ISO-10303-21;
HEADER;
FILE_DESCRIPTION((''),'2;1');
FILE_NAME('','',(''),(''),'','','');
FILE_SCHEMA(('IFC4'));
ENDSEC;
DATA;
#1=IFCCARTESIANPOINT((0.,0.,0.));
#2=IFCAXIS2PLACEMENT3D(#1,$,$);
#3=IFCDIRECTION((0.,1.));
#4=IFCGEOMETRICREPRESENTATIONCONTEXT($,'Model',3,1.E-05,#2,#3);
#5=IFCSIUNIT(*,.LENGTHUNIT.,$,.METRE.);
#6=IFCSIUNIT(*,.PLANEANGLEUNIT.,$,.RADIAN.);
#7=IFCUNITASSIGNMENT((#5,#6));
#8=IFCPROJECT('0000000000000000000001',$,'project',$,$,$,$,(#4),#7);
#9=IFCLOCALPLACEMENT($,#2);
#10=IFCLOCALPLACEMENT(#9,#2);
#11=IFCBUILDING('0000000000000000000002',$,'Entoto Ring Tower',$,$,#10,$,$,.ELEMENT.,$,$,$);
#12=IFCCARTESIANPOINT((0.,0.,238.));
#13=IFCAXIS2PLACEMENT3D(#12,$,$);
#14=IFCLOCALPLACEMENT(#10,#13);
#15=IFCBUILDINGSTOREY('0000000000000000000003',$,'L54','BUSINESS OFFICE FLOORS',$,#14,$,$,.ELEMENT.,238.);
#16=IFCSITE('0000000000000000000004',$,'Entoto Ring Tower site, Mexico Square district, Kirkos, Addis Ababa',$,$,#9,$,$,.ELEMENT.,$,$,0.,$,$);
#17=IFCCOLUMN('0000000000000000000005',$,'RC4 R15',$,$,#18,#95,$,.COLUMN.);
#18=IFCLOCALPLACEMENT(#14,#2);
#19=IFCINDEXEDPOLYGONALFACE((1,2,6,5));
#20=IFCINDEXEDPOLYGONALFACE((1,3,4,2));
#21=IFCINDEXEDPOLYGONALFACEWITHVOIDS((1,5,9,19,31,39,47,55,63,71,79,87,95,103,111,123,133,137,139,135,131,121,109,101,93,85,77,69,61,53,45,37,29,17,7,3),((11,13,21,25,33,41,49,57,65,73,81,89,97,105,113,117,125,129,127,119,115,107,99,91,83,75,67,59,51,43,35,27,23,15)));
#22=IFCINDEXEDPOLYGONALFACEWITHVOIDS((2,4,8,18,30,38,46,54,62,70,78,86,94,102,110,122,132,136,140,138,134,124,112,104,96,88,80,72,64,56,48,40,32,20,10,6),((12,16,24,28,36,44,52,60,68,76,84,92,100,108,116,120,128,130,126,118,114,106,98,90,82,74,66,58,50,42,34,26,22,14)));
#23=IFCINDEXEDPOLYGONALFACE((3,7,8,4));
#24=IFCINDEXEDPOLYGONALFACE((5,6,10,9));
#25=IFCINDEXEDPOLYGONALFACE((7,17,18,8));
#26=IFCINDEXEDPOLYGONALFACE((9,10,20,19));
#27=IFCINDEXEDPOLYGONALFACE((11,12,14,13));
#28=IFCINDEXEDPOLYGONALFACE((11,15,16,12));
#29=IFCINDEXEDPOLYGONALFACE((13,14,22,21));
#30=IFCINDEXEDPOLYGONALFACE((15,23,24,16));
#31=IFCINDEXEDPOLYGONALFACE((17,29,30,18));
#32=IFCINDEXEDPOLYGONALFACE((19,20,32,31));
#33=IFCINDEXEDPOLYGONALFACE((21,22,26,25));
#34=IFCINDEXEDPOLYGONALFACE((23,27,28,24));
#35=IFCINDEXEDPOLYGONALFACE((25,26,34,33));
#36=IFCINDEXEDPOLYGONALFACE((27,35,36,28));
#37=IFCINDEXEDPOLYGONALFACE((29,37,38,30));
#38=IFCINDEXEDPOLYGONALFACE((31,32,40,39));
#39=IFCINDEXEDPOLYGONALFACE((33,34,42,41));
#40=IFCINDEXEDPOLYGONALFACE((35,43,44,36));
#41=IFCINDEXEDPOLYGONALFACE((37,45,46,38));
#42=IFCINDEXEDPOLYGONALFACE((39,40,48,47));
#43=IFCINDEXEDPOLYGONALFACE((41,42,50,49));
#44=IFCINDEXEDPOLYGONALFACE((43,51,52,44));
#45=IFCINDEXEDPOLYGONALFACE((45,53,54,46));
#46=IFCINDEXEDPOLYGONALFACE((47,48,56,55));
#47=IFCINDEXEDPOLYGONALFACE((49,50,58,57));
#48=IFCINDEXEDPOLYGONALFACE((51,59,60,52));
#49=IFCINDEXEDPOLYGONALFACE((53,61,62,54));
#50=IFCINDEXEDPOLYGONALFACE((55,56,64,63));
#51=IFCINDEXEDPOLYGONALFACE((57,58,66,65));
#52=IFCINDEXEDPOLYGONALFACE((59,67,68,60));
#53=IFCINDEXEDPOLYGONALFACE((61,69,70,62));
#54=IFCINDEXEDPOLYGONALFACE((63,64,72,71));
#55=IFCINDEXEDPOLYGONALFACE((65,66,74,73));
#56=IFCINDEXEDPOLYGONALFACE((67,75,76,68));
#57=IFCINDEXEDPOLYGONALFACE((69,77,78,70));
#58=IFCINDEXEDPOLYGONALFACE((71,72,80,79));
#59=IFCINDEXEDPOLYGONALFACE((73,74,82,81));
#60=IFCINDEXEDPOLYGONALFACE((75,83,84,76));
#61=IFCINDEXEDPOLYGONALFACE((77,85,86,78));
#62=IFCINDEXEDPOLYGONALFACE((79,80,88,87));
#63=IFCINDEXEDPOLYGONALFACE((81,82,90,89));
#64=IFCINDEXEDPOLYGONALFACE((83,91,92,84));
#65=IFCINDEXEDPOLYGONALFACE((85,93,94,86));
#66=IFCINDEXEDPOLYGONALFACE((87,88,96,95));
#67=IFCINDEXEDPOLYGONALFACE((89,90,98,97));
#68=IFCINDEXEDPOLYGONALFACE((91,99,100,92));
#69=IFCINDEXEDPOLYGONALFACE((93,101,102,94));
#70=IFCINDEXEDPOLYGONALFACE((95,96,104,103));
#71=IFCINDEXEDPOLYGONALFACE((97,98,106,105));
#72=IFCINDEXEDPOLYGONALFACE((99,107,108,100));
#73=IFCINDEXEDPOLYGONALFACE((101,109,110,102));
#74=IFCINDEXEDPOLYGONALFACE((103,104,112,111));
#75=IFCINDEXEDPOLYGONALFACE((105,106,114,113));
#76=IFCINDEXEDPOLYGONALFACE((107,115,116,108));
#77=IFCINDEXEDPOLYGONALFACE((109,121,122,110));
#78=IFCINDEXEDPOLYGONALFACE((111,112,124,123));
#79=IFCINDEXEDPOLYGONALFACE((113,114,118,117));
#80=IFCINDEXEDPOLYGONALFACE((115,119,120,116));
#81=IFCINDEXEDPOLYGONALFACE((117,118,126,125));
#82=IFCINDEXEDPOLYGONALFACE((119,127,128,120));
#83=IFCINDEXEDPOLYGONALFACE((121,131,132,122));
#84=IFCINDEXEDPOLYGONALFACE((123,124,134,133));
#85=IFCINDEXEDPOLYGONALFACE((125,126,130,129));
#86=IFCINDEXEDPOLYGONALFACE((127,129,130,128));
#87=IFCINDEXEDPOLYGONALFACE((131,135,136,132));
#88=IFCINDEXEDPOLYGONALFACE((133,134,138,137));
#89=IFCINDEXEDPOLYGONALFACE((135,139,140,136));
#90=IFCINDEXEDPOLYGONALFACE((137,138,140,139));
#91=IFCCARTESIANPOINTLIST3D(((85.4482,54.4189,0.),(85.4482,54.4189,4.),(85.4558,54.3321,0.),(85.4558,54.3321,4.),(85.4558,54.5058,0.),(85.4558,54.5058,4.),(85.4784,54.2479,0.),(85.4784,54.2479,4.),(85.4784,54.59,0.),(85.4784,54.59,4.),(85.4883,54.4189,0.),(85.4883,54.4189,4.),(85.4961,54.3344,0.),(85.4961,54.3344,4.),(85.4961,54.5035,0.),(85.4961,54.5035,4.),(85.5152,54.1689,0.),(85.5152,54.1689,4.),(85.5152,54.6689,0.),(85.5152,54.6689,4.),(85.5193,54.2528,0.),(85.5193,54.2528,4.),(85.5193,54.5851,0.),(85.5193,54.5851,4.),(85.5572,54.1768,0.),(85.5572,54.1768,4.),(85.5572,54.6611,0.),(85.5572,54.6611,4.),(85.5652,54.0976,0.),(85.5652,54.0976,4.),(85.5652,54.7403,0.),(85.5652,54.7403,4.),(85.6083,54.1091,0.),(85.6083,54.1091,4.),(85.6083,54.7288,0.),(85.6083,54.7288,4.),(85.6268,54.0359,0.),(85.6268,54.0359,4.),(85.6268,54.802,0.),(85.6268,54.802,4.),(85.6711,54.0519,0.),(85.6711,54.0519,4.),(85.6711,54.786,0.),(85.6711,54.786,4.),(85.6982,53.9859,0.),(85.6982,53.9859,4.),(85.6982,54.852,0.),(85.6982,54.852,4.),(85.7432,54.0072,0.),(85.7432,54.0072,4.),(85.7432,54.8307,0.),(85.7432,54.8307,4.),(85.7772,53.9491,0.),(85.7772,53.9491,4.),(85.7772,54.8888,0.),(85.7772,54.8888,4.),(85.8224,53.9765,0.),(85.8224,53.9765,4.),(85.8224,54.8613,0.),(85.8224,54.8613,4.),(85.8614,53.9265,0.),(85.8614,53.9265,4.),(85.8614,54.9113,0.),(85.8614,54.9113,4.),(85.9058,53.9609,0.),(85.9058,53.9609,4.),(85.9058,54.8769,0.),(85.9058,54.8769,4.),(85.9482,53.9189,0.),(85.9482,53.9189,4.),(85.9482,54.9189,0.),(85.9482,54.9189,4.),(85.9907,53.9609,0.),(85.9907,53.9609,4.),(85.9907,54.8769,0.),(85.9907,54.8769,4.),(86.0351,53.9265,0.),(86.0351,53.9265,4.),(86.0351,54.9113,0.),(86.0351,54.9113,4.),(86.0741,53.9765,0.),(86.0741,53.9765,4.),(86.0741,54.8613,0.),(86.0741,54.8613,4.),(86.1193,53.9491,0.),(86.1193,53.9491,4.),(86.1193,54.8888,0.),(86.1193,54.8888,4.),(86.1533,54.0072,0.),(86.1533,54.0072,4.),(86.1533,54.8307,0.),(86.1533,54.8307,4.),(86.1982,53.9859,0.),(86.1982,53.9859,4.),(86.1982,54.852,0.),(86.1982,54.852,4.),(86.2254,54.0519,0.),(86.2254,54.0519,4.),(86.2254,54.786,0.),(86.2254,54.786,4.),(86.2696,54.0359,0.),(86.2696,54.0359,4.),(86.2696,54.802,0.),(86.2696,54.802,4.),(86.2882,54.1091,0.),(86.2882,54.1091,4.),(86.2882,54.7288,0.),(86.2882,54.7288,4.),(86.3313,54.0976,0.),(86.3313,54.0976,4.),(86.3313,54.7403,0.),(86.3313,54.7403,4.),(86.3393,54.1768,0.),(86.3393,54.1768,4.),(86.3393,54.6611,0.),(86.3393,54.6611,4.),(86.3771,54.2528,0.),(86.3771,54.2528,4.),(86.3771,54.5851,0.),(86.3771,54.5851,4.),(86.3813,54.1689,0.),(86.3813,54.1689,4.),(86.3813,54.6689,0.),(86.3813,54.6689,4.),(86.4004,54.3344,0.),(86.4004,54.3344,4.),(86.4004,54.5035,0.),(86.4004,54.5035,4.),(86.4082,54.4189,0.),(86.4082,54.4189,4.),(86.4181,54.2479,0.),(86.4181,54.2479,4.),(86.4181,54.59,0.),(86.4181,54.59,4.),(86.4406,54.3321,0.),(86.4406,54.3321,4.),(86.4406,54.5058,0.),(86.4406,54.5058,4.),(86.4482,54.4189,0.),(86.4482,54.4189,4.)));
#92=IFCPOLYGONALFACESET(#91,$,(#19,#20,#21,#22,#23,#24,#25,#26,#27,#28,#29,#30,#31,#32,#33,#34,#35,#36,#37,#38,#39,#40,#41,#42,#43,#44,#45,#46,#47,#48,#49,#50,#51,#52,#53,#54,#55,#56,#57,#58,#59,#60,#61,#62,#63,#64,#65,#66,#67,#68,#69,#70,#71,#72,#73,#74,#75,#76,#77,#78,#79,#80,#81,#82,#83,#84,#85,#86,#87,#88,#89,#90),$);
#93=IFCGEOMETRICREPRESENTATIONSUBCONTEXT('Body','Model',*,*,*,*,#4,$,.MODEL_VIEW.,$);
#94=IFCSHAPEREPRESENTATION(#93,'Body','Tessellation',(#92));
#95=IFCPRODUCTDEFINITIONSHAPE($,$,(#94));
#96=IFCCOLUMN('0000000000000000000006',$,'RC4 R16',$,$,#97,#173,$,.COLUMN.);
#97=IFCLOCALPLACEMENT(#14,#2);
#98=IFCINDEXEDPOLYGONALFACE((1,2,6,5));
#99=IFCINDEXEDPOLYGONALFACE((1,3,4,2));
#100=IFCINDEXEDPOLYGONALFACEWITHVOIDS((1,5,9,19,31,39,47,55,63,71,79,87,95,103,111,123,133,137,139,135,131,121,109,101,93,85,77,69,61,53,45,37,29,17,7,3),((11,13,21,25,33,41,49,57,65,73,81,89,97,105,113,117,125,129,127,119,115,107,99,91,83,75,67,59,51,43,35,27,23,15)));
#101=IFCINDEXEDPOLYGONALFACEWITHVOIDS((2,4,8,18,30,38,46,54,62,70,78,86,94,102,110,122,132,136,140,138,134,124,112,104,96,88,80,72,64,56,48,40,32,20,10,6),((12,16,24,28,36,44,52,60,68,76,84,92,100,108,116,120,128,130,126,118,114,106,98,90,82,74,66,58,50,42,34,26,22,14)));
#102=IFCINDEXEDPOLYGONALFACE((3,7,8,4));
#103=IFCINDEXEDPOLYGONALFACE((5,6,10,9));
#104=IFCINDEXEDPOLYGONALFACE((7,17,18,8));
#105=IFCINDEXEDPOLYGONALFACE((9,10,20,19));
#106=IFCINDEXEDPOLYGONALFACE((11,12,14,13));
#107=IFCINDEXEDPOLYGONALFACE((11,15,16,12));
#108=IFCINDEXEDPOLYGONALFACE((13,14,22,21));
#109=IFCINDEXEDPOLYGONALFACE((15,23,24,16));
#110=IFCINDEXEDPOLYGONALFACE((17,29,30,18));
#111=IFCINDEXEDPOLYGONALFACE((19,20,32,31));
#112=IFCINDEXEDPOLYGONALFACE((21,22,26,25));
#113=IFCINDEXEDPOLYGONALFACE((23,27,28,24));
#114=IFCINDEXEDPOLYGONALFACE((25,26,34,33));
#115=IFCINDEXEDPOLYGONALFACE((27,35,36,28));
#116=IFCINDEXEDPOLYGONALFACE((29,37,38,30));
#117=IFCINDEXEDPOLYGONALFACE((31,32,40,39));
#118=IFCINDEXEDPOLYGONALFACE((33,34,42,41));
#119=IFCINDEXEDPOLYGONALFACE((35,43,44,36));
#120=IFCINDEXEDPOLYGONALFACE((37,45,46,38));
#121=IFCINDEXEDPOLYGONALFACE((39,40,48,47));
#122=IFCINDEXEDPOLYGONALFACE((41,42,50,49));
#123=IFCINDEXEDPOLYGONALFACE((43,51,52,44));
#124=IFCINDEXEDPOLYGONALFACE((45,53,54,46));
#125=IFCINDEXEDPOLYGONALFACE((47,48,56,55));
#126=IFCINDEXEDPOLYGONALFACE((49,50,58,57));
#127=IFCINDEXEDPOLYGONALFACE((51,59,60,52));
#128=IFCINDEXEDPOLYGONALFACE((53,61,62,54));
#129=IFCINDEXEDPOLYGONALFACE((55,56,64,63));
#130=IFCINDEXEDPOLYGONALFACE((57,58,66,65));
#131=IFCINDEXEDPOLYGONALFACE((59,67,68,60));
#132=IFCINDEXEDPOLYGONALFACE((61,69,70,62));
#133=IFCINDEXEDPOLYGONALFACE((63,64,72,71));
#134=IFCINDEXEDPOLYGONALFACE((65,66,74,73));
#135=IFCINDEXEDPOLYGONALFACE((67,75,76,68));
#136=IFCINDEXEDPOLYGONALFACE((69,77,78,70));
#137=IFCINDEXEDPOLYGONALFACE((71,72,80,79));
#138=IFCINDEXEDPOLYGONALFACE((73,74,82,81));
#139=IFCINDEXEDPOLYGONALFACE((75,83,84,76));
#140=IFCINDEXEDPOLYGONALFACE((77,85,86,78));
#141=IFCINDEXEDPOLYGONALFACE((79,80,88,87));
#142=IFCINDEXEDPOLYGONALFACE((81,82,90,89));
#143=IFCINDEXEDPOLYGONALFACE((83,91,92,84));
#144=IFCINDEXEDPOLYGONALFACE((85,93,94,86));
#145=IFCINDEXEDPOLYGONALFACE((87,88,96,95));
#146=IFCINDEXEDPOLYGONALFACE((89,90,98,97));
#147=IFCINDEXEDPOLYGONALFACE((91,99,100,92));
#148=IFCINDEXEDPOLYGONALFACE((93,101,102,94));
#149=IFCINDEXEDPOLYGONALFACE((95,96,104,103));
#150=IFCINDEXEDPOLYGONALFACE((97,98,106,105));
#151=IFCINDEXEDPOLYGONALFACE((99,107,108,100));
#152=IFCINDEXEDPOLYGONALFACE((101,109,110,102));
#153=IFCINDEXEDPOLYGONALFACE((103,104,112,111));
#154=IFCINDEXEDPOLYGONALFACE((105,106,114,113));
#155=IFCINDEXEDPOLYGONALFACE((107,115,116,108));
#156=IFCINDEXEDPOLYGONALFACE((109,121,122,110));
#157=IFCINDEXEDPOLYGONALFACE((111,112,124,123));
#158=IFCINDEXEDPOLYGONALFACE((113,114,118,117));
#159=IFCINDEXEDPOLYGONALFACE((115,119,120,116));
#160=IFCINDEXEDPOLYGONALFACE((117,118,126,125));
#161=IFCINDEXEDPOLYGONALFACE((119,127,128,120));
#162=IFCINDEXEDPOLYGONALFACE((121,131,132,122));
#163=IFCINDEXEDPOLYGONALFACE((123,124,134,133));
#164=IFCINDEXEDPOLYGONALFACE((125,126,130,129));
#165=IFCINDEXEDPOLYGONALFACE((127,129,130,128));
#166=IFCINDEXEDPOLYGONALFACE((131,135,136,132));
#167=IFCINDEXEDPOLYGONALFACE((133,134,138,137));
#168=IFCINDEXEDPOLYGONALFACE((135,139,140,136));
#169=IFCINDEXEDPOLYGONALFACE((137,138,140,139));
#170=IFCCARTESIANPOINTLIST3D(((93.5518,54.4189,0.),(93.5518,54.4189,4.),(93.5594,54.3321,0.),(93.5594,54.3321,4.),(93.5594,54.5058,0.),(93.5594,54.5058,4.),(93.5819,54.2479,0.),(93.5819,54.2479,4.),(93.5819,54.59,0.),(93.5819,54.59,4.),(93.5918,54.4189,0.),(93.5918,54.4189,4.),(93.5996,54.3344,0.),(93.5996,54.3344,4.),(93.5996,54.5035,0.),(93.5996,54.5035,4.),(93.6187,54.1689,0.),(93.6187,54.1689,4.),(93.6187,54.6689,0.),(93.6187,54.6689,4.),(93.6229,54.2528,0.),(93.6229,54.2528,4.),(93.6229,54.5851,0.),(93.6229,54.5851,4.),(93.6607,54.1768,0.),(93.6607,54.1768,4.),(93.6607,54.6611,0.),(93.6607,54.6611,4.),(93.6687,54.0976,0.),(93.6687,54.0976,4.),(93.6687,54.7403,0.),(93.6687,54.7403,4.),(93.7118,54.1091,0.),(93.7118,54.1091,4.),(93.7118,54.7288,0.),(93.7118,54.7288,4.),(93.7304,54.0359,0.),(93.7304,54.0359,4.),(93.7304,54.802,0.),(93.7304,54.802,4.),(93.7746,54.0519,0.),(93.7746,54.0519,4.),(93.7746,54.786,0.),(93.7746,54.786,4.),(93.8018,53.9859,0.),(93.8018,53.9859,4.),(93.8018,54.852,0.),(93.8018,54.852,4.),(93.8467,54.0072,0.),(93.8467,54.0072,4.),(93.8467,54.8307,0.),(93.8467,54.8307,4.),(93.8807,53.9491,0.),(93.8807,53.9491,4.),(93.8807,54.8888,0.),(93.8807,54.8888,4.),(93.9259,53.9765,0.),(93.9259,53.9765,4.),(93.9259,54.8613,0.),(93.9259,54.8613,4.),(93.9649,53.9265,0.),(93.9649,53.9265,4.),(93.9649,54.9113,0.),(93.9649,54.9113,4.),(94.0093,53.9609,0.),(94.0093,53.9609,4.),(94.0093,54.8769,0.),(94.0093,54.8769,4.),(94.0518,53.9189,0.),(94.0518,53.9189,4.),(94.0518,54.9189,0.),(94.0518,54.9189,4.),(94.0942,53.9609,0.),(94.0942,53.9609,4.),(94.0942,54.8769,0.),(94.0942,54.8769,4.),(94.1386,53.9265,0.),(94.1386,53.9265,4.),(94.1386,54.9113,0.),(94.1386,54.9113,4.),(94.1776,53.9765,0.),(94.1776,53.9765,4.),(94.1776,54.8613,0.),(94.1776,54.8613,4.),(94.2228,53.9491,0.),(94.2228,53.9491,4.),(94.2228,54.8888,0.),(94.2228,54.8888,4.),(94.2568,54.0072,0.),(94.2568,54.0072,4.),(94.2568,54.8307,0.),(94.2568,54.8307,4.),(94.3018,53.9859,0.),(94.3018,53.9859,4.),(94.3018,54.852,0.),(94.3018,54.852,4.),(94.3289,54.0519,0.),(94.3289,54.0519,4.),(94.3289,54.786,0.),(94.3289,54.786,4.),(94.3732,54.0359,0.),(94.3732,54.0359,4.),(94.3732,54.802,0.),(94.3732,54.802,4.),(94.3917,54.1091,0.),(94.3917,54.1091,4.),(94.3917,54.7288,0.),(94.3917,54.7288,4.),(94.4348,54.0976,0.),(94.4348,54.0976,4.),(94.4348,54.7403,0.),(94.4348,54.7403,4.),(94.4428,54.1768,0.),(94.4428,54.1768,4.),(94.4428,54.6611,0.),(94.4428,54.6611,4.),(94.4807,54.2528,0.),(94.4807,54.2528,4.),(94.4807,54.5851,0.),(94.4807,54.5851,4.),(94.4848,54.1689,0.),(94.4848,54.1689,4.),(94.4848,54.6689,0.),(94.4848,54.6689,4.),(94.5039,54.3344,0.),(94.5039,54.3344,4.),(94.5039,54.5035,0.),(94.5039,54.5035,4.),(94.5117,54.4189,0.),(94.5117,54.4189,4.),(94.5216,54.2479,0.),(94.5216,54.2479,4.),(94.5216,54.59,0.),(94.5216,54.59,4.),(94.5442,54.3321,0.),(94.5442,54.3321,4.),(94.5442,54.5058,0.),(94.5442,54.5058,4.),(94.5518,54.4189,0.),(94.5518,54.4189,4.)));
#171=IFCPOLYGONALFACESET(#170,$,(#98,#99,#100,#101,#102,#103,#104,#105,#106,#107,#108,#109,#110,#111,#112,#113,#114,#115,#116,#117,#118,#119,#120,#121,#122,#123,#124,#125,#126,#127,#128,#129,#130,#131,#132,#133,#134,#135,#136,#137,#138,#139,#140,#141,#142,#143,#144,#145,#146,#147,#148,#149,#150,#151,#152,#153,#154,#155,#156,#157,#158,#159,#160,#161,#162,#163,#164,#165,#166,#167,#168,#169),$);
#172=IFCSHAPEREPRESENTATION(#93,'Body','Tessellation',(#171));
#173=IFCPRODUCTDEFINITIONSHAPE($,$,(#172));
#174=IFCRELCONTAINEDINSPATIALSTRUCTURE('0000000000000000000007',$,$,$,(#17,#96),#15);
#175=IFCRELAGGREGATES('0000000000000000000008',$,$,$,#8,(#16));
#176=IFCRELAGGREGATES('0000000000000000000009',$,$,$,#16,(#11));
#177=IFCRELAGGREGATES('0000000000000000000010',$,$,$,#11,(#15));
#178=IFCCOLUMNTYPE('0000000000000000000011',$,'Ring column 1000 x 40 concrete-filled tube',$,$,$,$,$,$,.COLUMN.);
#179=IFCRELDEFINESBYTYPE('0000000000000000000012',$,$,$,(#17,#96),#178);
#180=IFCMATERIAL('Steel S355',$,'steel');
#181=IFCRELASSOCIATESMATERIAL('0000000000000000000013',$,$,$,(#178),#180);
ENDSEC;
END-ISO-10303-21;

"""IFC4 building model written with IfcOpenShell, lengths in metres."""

from ifc_helpers import new_model, si_unit, direction, frame, origin, origin_2d, place, context, subcontext, project, spatial, circle, hollow_circle, extrude, material, material_profile, profile_set, type_object, element, save


model = new_model("IFC4")

# Units and contexts
model_context = context("Model", 3, precision=1e-05, world=origin(), true_north=direction((0.0, 1.0)))
body_context = subcontext(model_context, "Body", "Model", "MODEL_VIEW")
ifc_project = project(units=[si_unit("LENGTHUNIT", "METRE"), si_unit("PLANEANGLEUNIT", "RADIAN")], contexts=[model_context])

# Site, building, storey
site_placement = place(None, origin())
site = spatial("IfcSite", under=ifc_project, at=site_placement, Name="Entoto Ring Tower site, Mexico Square district, Kirkos, Addis Ababa", CompositionType="ELEMENT", RefElevation=0.0)
building_placement = place(site_placement, origin())
building = spatial("IfcBuilding", under=site, at=building_placement, Name="Entoto Ring Tower", CompositionType="ELEMENT")
storey_placement = place(building_placement, frame((0.0, 0.0, 238.0)))
storey = spatial("IfcBuildingStorey", under=building, at=storey_placement, Name="L54", Description="BUSINESS OFFICE FLOORS", CompositionType="ELEMENT", Elevation=238.0)

# Columns
ifc_material_1 = material(Name="Steel S355", Category="steel")
ifc_material_profile_1 = material_profile(ifc_material_1, hollow_circle(Radius=0.5, WallThickness=0.04, at=origin_2d()), Name="CHS 1000 x 40")
ifc_material_2 = material(Name="Concrete C60/75", Category="concrete")
ifc_material_profile_2 = material_profile(ifc_material_2, circle(Radius=0.46, at=origin_2d()), Name="Concrete C60/75 infill")
ifc_profile_set_1 = profile_set([ifc_material_profile_1, ifc_material_profile_2], Name="Steel S355")
column_type = type_object("IfcColumnType", Name="Ring column 1000 x 40 concrete-filled tube", PredefinedType="COLUMN", material=ifc_profile_set_1)
for number, where, z_axis, x_axis, name in (
    (1, (85.9482, 54.4189, 0.0), (0.0, 0.0, 1.0), (1.0, 0.0, 0.0), "RC4 R15"),
    (2, (94.0518, 54.4189, 0.0), (0.0, 0.0, 1.0), (1.0, 0.0, 0.0), "RC4 R16"),
):
    element("IfcColumn", number, at=place(storey_placement, frame(where, z_axis=z_axis, x_axis=x_axis)), inside=storey, type_object=column_type, Name=name, PredefinedType="COLUMN", context=body_context, shape_type="SweptSolid", body=[
        extrude(hollow_circle(Radius=0.5, WallThickness=0.04, at=origin_2d()), origin(), (0.0, 0.0, 1.0), 4.0),
    ])

save(model, "model.ifc")
